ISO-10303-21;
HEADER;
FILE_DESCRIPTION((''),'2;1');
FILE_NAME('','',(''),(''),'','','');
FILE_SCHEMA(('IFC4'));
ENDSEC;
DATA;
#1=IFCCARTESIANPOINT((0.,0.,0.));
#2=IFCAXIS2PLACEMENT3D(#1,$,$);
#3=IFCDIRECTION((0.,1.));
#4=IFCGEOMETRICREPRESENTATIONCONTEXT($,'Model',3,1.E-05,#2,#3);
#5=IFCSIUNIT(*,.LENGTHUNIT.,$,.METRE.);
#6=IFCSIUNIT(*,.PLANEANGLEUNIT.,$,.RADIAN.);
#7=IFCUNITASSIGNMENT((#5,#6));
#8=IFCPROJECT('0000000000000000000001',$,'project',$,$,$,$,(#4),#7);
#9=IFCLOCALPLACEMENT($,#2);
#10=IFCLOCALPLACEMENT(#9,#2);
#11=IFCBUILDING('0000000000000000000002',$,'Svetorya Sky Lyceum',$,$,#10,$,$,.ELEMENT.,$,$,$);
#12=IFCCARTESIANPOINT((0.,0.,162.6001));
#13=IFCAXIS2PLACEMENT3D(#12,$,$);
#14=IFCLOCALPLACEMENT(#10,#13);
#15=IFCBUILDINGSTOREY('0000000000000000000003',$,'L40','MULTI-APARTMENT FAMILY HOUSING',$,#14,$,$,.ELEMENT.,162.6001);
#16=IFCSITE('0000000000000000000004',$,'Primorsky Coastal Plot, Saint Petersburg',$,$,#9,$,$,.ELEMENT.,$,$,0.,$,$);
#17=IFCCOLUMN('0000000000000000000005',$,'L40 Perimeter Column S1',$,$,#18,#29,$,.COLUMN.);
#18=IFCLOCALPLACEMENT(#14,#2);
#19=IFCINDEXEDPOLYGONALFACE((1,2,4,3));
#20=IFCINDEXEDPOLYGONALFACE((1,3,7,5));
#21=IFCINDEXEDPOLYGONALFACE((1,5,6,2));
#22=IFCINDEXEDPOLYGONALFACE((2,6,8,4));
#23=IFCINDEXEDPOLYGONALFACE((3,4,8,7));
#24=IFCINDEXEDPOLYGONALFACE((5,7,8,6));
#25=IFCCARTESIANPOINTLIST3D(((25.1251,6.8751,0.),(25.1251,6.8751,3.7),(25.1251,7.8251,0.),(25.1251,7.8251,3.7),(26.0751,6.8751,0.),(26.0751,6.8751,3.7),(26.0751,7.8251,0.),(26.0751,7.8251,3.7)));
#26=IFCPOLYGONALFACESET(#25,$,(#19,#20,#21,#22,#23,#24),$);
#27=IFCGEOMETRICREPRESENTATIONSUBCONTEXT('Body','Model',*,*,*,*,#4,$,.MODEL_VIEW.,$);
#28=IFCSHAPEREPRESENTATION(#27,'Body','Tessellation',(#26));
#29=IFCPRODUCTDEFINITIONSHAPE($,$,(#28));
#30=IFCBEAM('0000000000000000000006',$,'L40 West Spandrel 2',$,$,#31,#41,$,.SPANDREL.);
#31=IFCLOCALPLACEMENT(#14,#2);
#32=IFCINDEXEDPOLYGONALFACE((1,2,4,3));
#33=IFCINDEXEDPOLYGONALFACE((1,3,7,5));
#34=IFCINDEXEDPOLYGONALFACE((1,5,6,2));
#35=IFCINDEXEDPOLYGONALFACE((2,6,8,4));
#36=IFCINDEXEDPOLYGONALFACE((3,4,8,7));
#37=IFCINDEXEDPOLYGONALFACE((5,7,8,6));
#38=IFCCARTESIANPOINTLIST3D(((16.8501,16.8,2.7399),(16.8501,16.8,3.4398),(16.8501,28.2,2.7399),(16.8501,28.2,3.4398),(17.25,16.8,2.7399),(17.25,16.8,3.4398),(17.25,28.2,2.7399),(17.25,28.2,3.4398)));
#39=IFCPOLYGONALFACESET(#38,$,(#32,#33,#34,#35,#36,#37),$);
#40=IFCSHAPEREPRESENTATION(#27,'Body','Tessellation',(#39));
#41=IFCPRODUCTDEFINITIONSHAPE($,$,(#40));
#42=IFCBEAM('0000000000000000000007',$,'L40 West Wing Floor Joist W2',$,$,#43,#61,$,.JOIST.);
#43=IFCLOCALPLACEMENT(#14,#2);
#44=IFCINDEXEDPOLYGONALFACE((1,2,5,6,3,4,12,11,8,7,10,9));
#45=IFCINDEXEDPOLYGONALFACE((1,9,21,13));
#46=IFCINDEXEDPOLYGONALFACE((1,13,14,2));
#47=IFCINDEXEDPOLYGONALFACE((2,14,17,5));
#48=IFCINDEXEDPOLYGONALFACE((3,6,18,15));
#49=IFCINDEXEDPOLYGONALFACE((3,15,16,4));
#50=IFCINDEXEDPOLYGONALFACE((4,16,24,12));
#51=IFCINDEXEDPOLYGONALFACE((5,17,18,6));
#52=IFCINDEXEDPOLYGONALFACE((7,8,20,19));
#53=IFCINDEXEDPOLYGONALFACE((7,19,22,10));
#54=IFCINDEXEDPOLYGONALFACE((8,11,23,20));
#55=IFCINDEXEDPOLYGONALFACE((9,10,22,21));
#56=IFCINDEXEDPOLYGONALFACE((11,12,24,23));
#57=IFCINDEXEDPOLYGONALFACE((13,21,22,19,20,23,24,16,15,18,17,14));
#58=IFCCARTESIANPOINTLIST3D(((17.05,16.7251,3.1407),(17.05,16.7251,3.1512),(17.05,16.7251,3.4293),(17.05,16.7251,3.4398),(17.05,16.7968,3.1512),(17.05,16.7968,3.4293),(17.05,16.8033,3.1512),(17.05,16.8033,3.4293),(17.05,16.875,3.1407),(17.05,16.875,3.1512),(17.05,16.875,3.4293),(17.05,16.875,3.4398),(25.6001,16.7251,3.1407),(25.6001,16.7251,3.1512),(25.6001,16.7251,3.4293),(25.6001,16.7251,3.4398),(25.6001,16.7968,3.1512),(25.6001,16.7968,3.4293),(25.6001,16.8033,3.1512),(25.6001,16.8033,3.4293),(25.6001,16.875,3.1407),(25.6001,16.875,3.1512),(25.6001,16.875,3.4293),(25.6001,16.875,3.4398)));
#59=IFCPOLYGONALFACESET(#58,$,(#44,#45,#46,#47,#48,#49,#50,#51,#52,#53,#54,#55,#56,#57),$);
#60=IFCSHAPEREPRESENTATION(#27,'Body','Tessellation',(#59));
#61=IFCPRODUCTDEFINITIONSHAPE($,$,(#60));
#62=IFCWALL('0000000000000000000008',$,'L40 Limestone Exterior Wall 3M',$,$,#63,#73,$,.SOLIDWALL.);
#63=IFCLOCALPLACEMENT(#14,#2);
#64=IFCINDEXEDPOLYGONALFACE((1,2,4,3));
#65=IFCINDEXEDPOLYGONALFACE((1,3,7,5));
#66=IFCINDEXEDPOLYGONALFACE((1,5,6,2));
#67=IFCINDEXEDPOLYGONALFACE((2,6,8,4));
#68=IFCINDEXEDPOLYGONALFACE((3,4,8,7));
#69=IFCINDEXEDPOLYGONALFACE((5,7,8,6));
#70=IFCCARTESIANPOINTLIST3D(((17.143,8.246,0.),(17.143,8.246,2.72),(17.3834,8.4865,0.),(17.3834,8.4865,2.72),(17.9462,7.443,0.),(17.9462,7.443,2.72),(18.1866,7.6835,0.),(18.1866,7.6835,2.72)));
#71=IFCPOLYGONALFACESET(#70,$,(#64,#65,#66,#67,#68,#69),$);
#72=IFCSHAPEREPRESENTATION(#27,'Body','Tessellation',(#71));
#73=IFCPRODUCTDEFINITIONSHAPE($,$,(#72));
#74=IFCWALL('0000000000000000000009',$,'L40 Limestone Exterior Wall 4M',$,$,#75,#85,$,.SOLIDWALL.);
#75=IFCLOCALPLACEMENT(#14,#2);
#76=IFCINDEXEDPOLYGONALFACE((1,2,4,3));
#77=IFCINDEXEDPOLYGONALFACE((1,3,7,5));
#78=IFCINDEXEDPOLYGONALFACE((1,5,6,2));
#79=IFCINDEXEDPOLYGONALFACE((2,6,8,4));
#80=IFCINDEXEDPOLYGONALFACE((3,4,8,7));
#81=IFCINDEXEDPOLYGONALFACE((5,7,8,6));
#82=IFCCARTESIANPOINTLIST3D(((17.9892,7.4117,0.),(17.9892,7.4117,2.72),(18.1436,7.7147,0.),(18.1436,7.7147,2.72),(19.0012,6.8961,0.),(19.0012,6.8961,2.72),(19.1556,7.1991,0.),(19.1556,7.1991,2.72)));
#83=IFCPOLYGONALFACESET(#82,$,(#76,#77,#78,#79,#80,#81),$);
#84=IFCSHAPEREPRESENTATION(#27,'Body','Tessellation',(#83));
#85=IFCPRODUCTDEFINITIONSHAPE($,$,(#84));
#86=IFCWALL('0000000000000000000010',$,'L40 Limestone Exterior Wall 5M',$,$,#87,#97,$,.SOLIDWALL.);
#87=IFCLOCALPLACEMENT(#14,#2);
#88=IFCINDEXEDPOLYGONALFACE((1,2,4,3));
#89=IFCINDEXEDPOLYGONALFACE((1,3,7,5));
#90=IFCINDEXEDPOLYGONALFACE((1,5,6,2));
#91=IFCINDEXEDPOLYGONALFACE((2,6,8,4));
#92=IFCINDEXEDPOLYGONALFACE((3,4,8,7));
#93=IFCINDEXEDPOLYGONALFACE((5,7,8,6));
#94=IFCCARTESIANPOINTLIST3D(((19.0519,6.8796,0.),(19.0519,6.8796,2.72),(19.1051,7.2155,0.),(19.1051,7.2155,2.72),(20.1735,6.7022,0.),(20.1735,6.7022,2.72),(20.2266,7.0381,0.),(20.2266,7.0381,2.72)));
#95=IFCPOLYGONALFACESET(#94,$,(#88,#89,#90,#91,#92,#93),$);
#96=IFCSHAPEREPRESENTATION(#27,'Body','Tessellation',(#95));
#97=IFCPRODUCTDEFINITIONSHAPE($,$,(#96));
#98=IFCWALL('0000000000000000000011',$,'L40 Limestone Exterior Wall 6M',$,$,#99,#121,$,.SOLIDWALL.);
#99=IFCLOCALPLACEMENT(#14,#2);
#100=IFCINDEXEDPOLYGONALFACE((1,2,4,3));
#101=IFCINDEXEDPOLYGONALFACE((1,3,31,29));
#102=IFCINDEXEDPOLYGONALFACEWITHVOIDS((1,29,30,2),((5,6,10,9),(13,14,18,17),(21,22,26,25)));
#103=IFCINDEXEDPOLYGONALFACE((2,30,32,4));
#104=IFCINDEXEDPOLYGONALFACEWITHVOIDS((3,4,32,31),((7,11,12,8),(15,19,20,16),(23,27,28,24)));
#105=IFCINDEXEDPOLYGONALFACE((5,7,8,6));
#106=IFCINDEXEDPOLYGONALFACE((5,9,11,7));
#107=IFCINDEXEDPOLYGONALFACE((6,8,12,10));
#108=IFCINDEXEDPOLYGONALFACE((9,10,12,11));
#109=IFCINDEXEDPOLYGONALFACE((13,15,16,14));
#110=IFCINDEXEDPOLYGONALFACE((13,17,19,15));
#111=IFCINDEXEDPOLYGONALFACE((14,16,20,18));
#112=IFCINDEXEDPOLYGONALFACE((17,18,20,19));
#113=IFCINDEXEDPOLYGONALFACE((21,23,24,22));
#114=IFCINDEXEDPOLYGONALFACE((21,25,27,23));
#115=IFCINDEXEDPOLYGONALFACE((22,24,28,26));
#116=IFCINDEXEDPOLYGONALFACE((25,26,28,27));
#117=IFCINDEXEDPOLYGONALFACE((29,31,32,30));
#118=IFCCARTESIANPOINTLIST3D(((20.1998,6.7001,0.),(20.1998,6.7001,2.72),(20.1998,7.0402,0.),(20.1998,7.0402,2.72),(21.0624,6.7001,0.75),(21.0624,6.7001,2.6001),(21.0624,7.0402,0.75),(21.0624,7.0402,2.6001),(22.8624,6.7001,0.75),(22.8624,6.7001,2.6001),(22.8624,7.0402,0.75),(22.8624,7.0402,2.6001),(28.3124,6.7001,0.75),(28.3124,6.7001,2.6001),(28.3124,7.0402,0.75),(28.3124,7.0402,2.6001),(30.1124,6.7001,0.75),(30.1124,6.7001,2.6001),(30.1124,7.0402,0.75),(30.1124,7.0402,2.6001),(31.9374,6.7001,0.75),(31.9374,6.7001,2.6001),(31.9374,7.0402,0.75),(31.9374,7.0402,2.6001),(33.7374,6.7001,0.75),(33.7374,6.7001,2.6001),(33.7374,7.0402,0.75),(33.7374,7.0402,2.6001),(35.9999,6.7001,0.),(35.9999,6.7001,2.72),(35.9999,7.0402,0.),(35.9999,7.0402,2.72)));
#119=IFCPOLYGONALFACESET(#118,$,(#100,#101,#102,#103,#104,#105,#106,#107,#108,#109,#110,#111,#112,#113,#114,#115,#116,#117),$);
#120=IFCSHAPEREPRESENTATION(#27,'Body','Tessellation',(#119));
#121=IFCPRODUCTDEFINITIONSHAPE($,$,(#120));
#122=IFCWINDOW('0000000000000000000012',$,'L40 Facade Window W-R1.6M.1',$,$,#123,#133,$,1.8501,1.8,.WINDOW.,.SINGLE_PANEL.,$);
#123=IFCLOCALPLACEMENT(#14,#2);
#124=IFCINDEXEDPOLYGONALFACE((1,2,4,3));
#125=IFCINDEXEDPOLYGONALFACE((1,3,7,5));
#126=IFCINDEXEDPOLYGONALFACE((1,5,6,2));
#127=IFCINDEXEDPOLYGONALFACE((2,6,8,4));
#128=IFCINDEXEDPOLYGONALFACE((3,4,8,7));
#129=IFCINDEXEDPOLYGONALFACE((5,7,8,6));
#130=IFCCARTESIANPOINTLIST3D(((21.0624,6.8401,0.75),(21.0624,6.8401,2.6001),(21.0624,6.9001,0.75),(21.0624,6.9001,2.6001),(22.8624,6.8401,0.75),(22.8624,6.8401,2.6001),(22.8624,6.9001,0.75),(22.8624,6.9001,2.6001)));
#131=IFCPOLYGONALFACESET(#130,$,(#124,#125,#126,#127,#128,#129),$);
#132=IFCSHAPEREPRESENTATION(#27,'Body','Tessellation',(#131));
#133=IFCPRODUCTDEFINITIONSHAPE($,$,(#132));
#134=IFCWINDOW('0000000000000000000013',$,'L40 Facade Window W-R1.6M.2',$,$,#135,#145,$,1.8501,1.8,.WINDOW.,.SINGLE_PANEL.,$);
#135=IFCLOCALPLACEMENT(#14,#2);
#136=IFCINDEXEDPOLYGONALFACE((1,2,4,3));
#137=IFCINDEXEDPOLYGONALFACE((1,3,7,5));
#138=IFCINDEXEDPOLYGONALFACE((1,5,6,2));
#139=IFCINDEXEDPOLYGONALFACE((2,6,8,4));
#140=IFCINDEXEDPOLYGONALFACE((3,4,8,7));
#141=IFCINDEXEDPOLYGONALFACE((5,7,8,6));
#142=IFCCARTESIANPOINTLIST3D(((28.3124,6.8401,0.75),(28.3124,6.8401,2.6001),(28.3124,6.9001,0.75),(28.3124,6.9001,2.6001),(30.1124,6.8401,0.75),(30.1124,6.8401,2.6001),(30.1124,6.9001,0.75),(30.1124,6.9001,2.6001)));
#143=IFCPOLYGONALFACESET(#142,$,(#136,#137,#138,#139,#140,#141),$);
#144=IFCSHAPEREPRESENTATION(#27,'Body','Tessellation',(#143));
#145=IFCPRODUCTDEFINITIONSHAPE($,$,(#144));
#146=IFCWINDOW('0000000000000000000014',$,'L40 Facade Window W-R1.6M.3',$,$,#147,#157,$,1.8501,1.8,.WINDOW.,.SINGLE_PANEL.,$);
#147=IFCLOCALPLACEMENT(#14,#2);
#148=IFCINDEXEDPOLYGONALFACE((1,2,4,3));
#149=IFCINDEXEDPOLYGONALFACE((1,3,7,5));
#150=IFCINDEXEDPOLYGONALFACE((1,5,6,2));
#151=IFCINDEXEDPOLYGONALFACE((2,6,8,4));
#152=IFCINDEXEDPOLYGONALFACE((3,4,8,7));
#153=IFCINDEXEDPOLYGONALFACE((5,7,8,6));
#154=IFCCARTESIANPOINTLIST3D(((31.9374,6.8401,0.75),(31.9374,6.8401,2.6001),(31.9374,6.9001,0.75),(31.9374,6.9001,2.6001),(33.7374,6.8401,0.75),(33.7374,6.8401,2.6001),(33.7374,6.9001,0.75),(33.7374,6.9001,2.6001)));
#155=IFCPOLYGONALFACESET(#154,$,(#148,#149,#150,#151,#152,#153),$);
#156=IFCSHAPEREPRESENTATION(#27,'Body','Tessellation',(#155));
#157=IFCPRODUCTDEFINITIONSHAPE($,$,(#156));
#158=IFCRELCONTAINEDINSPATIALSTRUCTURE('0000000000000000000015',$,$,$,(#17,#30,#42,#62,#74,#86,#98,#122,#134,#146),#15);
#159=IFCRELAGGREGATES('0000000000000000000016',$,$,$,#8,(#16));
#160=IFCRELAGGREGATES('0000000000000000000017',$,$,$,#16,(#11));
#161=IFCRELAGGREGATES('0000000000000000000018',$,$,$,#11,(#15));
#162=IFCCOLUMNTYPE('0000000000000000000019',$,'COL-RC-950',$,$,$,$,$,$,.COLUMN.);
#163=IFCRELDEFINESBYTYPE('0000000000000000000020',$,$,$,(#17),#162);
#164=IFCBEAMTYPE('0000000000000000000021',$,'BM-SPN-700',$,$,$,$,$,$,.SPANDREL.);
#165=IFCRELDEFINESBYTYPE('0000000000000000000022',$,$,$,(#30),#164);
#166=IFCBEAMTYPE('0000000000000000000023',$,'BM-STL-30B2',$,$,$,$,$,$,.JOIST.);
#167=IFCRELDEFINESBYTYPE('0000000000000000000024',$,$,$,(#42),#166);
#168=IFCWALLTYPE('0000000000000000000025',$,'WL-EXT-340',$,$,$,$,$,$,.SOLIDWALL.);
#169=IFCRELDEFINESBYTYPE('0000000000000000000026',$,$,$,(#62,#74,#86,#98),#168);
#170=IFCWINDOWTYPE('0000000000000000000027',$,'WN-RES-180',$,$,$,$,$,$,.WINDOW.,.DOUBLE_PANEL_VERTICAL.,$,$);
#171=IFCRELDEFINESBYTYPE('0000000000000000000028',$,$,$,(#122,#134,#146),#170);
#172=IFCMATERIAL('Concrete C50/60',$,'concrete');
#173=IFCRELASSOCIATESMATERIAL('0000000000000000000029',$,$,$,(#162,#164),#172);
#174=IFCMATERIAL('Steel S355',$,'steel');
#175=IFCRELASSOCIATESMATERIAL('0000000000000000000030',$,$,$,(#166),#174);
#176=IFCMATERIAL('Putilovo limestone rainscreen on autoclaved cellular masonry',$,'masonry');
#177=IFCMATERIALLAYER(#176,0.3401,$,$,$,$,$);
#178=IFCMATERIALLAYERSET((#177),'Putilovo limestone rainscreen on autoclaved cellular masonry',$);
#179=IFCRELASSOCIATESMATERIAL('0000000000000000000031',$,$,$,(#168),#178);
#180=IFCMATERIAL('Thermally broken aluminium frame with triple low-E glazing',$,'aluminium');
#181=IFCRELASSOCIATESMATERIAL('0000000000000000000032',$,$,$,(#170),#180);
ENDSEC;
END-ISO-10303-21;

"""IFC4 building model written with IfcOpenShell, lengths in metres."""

from ifc_helpers import new_model, si_unit, direction, frame, frame_2d, origin, origin_2d, place, context, subcontext, project, spatial, rectangle, i_section, extrude, material, layer, layer_set, material_profile, profile_set, type_object, element, fill, save


model = new_model("IFC4")

# Units and contexts
model_context = context("Model", 3, precision=1e-05, world=origin(), true_north=direction((0.0, 1.0)))
body_context = subcontext(model_context, "Body", "Model", "MODEL_VIEW")
ifc_project = project(units=[si_unit("LENGTHUNIT", "METRE"), si_unit("PLANEANGLEUNIT", "RADIAN")], contexts=[model_context])

# Site, building, storey
site_placement = place(None, origin())
site = spatial("IfcSite", under=ifc_project, at=site_placement, Name="Primorsky Coastal Plot, Saint Petersburg", CompositionType="ELEMENT", RefElevation=0.0)
building_placement = place(site_placement, origin())
building = spatial("IfcBuilding", under=site, at=building_placement, Name="Svetorya Sky Lyceum", CompositionType="ELEMENT")
storey_placement = place(building_placement, frame((0.0, 0.0, 162.6001)))
storey = spatial("IfcBuildingStorey", under=building, at=storey_placement, Name="L40", Description="MULTI-APARTMENT FAMILY HOUSING", CompositionType="ELEMENT", Elevation=162.6001)

# Column
ifc_material_1 = material(Name="Concrete C50/60", Category="concrete")
ifc_material_profile_1 = material_profile(ifc_material_1, rectangle(XDim=0.95, YDim=0.95, at=origin_2d()), Name="RC COL 950x950")
ifc_profile_set_1 = profile_set([ifc_material_profile_1], Name="Concrete C50/60")
column_type = type_object("IfcColumnType", Name="COL-RC-950", PredefinedType="COLUMN", material=ifc_profile_set_1)
column_placement = place(storey_placement, frame((25.6001, 7.3501, 0.0), z_axis=(0.0, 0.0, 1.0), x_axis=(1.0, 0.0, 0.0)))
element("IfcColumn", 1, at=column_placement, inside=storey, type_object=column_type, Name="L40 Perimeter Column S1", PredefinedType="COLUMN", context=body_context, shape_type="SweptSolid", body=[
    extrude(rectangle(XDim=0.95, YDim=0.95, at=origin_2d()), origin(), (0.0, 0.0, 1.0), 3.7),
])

# Beams
ifc_material_profile_2 = material_profile(ifc_material_1, rectangle(XDim=0.3999, YDim=0.7, at=origin_2d()), Name="RC SPANDREL 400x700")
ifc_profile_set_2 = profile_set([ifc_material_profile_2], Name="Concrete C50/60")
beam_type_1 = type_object("IfcBeamType", Name="BM-SPN-700", PredefinedType="SPANDREL", material=ifc_profile_set_2)
beam_1_placement = place(storey_placement, frame((17.05, 16.8, 3.0898), z_axis=(0.0, 1.0, 0.0), x_axis=(-1.0, 0.0, 0.0)))
element("IfcBeam", 2, at=beam_1_placement, inside=storey, type_object=beam_type_1, Name="L40 West Spandrel 2", PredefinedType="SPANDREL", context=body_context, shape_type="SweptSolid", body=[
    extrude(rectangle(XDim=0.3999, YDim=0.7, at=origin_2d()), origin(), (0.0, 0.0, 1.0), 11.3999),
])
ifc_material_2 = material(Name="Steel S355", Category="steel")
ifc_material_profile_3 = material_profile(ifc_material_2, i_section(OverallWidth=0.1499, OverallDepth=0.2991, WebThickness=0.0066, FlangeThickness=0.0105, at=origin_2d()), Name="GOST 30B2")
ifc_profile_set_3 = profile_set([ifc_material_profile_3], Name="Steel S355")
beam_type_2 = type_object("IfcBeamType", Name="BM-STL-30B2", PredefinedType="JOIST", material=ifc_profile_set_3)
beam_2_placement = place(storey_placement, frame((17.05, 16.8, 3.2903), z_axis=(1.0, 0.0, 0.0), x_axis=(0.0, 1.0, 0.0)))
element("IfcBeam", 3, at=beam_2_placement, inside=storey, type_object=beam_type_2, Name="L40 West Wing Floor Joist W2", PredefinedType="JOIST", context=body_context, shape_type="SweptSolid", body=[
    extrude(i_section(OverallWidth=0.1499, OverallDepth=0.2991, WebThickness=0.0066, FlangeThickness=0.0105, at=origin_2d()), origin(), (0.0, 0.0, 1.0), 8.55),
])

# Walls
ifc_material_3 = material(Name="Putilovo limestone rainscreen on autoclaved cellular masonry", Category="masonry")
ifc_layer_1 = layer(ifc_material_3, 0.3401)
ifc_layer_set_1 = layer_set([ifc_layer_1], Name="Putilovo limestone rainscreen on autoclaved cellular masonry")
wall_type_1 = type_object("IfcWallType", Name="WL-EXT-340", PredefinedType="SOLIDWALL", material=ifc_layer_set_1)
for number, where, z_axis, x_axis, name in (
    (4, (17.2632, 8.3662, 0.0), (0.0, 0.0, 1.0), (0.707214, -0.706999, 0.0), "L40 Limestone Exterior Wall 3M"),
    (5, (18.0664, 7.5632, 0.0), (0.0, 0.0, 1.0), (0.891005, -0.453993, 0.0), "L40 Limestone Exterior Wall 4M"),
):
    element("IfcWall", number, at=place(storey_placement, frame(where, z_axis=z_axis, x_axis=x_axis)), inside=storey, type_object=wall_type_1, Name=name, PredefinedType="SOLIDWALL", context=body_context, shape_type="SweptSolid", body=[
        extrude(rectangle(XDim=1.1357, YDim=0.3401, at=frame_2d((0.5679, 0.0))), origin(), (0.0, 0.0, 1.0), 2.72),
    ])
wall_1_placement = place(storey_placement, frame((19.0784, 7.0476, 0.0), z_axis=(0.0, 0.0, 1.0), x_axis=(0.987709, -0.156305, 0.0)))
element("IfcWall", 6, at=wall_1_placement, inside=storey, type_object=wall_type_1, Name="L40 Limestone Exterior Wall 5M", PredefinedType="SOLIDWALL", context=body_context, shape_type="SweptSolid", body=[
    extrude(rectangle(XDim=1.1355, YDim=0.3401, at=frame_2d((0.5679, 0.0))), origin(), (0.0, 0.0, 1.0), 2.72),
])

# Wall, openings, windows
wall_2_placement = place(storey_placement, frame((20.2, 6.8701, 0.0), z_axis=(0.0, 0.0, 1.0), x_axis=(1.0, 0.0, 0.0)))
wall_2 = element("IfcWall", 7, at=wall_2_placement, inside=storey, type_object=wall_type_1, Name="L40 Limestone Exterior Wall 6M", PredefinedType="SOLIDWALL", context=body_context, shape_type="SweptSolid", body=[
    extrude(rectangle(XDim=15.8, YDim=0.3401, at=frame_2d((7.8999, 0.0))), origin(), (0.0, 0.0, 1.0), 2.72),
])
opening_1_placement = place(wall_2_placement, frame((0.8625, 0.0, 0.75)))
opening_1 = element("IfcOpeningElement", 8, at=opening_1_placement, cuts=wall_2, PredefinedType="OPENING", context=body_context, shape_type="SweptSolid", body=[
    extrude(rectangle(XDim=1.8, YDim=1.8501, at=frame_2d((0.8999, 0.925))), frame((0.0, 0.1799, 0.0), z_axis=(0.0, -1.0, 0.0), x_axis=(1.0, 0.0, 0.0)), (0.0, 0.0, 1.0), 0.3601),
])
opening_2_placement = place(wall_2_placement, frame((8.1125, 0.0, 0.75)))
opening_2 = element("IfcOpeningElement", 9, at=opening_2_placement, cuts=wall_2, PredefinedType="OPENING", context=body_context, shape_type="SweptSolid", body=[
    extrude(rectangle(XDim=1.8, YDim=1.8501, at=frame_2d((0.8999, 0.925))), frame((0.0, 0.1799, 0.0), z_axis=(0.0, -1.0, 0.0), x_axis=(1.0, 0.0, 0.0)), (0.0, 0.0, 1.0), 0.3601),
])
opening_3_placement = place(wall_2_placement, frame((11.7375, 0.0, 0.75)))
opening_3 = element("IfcOpeningElement", 10, at=opening_3_placement, cuts=wall_2, PredefinedType="OPENING", context=body_context, shape_type="SweptSolid", body=[
    extrude(rectangle(XDim=1.8, YDim=1.8501, at=frame_2d((0.8999, 0.925))), frame((0.0, 0.1799, 0.0), z_axis=(0.0, -1.0, 0.0), x_axis=(1.0, 0.0, 0.0)), (0.0, 0.0, 1.0), 0.3601),
])
ifc_material_4 = material(Name="Thermally broken aluminium frame with triple low-E glazing", Category="aluminium")
window_type = type_object("IfcWindowType", Name="WN-RES-180", PartitioningType="DOUBLE_PANEL_VERTICAL", PredefinedType="WINDOW", material=ifc_material_4)
window_1_placement = place(opening_1_placement, origin())
window_1 = element("IfcWindow", 11, at=window_1_placement, inside=storey, type_object=window_type, Name="L40 Facade Window W-R1.6M.1", OverallHeight=1.8501, OverallWidth=1.8, PartitioningType="SINGLE_PANEL", PredefinedType="WINDOW", context=body_context, shape_type="SweptSolid", body=[
    extrude(rectangle(XDim=1.8, YDim=1.8501, at=frame_2d((0.8999, 0.925))), frame((0.0, 0.03, 0.0), z_axis=(0.0, -1.0, 0.0), x_axis=(1.0, 0.0, 0.0)), (0.0, 0.0, 1.0), 0.0601),
])
fill(opening_1, window_1)
window_2_placement = place(opening_2_placement, origin())
window_2 = element("IfcWindow", 12, at=window_2_placement, inside=storey, type_object=window_type, Name="L40 Facade Window W-R1.6M.2", OverallHeight=1.8501, OverallWidth=1.8, PartitioningType="SINGLE_PANEL", PredefinedType="WINDOW", context=body_context, shape_type="SweptSolid", body=[
    extrude(rectangle(XDim=1.8, YDim=1.8501, at=frame_2d((0.8999, 0.925))), frame((0.0, 0.03, 0.0), z_axis=(0.0, -1.0, 0.0), x_axis=(1.0, 0.0, 0.0)), (0.0, 0.0, 1.0), 0.0601),
])
fill(opening_2, window_2)
window_3_placement = place(opening_3_placement, origin())
window_3 = element("IfcWindow", 13, at=window_3_placement, inside=storey, type_object=window_type, Name="L40 Facade Window W-R1.6M.3", OverallHeight=1.8501, OverallWidth=1.8, PartitioningType="SINGLE_PANEL", PredefinedType="WINDOW", context=body_context, shape_type="SweptSolid", body=[
    extrude(rectangle(XDim=1.8, YDim=1.8501, at=frame_2d((0.8999, 0.925))), frame((0.0, 0.03, 0.0), z_axis=(0.0, -1.0, 0.0), x_axis=(1.0, 0.0, 0.0)), (0.0, 0.0, 1.0), 0.0601),
])
fill(opening_3, window_3)

save(model, "model.ifc")
